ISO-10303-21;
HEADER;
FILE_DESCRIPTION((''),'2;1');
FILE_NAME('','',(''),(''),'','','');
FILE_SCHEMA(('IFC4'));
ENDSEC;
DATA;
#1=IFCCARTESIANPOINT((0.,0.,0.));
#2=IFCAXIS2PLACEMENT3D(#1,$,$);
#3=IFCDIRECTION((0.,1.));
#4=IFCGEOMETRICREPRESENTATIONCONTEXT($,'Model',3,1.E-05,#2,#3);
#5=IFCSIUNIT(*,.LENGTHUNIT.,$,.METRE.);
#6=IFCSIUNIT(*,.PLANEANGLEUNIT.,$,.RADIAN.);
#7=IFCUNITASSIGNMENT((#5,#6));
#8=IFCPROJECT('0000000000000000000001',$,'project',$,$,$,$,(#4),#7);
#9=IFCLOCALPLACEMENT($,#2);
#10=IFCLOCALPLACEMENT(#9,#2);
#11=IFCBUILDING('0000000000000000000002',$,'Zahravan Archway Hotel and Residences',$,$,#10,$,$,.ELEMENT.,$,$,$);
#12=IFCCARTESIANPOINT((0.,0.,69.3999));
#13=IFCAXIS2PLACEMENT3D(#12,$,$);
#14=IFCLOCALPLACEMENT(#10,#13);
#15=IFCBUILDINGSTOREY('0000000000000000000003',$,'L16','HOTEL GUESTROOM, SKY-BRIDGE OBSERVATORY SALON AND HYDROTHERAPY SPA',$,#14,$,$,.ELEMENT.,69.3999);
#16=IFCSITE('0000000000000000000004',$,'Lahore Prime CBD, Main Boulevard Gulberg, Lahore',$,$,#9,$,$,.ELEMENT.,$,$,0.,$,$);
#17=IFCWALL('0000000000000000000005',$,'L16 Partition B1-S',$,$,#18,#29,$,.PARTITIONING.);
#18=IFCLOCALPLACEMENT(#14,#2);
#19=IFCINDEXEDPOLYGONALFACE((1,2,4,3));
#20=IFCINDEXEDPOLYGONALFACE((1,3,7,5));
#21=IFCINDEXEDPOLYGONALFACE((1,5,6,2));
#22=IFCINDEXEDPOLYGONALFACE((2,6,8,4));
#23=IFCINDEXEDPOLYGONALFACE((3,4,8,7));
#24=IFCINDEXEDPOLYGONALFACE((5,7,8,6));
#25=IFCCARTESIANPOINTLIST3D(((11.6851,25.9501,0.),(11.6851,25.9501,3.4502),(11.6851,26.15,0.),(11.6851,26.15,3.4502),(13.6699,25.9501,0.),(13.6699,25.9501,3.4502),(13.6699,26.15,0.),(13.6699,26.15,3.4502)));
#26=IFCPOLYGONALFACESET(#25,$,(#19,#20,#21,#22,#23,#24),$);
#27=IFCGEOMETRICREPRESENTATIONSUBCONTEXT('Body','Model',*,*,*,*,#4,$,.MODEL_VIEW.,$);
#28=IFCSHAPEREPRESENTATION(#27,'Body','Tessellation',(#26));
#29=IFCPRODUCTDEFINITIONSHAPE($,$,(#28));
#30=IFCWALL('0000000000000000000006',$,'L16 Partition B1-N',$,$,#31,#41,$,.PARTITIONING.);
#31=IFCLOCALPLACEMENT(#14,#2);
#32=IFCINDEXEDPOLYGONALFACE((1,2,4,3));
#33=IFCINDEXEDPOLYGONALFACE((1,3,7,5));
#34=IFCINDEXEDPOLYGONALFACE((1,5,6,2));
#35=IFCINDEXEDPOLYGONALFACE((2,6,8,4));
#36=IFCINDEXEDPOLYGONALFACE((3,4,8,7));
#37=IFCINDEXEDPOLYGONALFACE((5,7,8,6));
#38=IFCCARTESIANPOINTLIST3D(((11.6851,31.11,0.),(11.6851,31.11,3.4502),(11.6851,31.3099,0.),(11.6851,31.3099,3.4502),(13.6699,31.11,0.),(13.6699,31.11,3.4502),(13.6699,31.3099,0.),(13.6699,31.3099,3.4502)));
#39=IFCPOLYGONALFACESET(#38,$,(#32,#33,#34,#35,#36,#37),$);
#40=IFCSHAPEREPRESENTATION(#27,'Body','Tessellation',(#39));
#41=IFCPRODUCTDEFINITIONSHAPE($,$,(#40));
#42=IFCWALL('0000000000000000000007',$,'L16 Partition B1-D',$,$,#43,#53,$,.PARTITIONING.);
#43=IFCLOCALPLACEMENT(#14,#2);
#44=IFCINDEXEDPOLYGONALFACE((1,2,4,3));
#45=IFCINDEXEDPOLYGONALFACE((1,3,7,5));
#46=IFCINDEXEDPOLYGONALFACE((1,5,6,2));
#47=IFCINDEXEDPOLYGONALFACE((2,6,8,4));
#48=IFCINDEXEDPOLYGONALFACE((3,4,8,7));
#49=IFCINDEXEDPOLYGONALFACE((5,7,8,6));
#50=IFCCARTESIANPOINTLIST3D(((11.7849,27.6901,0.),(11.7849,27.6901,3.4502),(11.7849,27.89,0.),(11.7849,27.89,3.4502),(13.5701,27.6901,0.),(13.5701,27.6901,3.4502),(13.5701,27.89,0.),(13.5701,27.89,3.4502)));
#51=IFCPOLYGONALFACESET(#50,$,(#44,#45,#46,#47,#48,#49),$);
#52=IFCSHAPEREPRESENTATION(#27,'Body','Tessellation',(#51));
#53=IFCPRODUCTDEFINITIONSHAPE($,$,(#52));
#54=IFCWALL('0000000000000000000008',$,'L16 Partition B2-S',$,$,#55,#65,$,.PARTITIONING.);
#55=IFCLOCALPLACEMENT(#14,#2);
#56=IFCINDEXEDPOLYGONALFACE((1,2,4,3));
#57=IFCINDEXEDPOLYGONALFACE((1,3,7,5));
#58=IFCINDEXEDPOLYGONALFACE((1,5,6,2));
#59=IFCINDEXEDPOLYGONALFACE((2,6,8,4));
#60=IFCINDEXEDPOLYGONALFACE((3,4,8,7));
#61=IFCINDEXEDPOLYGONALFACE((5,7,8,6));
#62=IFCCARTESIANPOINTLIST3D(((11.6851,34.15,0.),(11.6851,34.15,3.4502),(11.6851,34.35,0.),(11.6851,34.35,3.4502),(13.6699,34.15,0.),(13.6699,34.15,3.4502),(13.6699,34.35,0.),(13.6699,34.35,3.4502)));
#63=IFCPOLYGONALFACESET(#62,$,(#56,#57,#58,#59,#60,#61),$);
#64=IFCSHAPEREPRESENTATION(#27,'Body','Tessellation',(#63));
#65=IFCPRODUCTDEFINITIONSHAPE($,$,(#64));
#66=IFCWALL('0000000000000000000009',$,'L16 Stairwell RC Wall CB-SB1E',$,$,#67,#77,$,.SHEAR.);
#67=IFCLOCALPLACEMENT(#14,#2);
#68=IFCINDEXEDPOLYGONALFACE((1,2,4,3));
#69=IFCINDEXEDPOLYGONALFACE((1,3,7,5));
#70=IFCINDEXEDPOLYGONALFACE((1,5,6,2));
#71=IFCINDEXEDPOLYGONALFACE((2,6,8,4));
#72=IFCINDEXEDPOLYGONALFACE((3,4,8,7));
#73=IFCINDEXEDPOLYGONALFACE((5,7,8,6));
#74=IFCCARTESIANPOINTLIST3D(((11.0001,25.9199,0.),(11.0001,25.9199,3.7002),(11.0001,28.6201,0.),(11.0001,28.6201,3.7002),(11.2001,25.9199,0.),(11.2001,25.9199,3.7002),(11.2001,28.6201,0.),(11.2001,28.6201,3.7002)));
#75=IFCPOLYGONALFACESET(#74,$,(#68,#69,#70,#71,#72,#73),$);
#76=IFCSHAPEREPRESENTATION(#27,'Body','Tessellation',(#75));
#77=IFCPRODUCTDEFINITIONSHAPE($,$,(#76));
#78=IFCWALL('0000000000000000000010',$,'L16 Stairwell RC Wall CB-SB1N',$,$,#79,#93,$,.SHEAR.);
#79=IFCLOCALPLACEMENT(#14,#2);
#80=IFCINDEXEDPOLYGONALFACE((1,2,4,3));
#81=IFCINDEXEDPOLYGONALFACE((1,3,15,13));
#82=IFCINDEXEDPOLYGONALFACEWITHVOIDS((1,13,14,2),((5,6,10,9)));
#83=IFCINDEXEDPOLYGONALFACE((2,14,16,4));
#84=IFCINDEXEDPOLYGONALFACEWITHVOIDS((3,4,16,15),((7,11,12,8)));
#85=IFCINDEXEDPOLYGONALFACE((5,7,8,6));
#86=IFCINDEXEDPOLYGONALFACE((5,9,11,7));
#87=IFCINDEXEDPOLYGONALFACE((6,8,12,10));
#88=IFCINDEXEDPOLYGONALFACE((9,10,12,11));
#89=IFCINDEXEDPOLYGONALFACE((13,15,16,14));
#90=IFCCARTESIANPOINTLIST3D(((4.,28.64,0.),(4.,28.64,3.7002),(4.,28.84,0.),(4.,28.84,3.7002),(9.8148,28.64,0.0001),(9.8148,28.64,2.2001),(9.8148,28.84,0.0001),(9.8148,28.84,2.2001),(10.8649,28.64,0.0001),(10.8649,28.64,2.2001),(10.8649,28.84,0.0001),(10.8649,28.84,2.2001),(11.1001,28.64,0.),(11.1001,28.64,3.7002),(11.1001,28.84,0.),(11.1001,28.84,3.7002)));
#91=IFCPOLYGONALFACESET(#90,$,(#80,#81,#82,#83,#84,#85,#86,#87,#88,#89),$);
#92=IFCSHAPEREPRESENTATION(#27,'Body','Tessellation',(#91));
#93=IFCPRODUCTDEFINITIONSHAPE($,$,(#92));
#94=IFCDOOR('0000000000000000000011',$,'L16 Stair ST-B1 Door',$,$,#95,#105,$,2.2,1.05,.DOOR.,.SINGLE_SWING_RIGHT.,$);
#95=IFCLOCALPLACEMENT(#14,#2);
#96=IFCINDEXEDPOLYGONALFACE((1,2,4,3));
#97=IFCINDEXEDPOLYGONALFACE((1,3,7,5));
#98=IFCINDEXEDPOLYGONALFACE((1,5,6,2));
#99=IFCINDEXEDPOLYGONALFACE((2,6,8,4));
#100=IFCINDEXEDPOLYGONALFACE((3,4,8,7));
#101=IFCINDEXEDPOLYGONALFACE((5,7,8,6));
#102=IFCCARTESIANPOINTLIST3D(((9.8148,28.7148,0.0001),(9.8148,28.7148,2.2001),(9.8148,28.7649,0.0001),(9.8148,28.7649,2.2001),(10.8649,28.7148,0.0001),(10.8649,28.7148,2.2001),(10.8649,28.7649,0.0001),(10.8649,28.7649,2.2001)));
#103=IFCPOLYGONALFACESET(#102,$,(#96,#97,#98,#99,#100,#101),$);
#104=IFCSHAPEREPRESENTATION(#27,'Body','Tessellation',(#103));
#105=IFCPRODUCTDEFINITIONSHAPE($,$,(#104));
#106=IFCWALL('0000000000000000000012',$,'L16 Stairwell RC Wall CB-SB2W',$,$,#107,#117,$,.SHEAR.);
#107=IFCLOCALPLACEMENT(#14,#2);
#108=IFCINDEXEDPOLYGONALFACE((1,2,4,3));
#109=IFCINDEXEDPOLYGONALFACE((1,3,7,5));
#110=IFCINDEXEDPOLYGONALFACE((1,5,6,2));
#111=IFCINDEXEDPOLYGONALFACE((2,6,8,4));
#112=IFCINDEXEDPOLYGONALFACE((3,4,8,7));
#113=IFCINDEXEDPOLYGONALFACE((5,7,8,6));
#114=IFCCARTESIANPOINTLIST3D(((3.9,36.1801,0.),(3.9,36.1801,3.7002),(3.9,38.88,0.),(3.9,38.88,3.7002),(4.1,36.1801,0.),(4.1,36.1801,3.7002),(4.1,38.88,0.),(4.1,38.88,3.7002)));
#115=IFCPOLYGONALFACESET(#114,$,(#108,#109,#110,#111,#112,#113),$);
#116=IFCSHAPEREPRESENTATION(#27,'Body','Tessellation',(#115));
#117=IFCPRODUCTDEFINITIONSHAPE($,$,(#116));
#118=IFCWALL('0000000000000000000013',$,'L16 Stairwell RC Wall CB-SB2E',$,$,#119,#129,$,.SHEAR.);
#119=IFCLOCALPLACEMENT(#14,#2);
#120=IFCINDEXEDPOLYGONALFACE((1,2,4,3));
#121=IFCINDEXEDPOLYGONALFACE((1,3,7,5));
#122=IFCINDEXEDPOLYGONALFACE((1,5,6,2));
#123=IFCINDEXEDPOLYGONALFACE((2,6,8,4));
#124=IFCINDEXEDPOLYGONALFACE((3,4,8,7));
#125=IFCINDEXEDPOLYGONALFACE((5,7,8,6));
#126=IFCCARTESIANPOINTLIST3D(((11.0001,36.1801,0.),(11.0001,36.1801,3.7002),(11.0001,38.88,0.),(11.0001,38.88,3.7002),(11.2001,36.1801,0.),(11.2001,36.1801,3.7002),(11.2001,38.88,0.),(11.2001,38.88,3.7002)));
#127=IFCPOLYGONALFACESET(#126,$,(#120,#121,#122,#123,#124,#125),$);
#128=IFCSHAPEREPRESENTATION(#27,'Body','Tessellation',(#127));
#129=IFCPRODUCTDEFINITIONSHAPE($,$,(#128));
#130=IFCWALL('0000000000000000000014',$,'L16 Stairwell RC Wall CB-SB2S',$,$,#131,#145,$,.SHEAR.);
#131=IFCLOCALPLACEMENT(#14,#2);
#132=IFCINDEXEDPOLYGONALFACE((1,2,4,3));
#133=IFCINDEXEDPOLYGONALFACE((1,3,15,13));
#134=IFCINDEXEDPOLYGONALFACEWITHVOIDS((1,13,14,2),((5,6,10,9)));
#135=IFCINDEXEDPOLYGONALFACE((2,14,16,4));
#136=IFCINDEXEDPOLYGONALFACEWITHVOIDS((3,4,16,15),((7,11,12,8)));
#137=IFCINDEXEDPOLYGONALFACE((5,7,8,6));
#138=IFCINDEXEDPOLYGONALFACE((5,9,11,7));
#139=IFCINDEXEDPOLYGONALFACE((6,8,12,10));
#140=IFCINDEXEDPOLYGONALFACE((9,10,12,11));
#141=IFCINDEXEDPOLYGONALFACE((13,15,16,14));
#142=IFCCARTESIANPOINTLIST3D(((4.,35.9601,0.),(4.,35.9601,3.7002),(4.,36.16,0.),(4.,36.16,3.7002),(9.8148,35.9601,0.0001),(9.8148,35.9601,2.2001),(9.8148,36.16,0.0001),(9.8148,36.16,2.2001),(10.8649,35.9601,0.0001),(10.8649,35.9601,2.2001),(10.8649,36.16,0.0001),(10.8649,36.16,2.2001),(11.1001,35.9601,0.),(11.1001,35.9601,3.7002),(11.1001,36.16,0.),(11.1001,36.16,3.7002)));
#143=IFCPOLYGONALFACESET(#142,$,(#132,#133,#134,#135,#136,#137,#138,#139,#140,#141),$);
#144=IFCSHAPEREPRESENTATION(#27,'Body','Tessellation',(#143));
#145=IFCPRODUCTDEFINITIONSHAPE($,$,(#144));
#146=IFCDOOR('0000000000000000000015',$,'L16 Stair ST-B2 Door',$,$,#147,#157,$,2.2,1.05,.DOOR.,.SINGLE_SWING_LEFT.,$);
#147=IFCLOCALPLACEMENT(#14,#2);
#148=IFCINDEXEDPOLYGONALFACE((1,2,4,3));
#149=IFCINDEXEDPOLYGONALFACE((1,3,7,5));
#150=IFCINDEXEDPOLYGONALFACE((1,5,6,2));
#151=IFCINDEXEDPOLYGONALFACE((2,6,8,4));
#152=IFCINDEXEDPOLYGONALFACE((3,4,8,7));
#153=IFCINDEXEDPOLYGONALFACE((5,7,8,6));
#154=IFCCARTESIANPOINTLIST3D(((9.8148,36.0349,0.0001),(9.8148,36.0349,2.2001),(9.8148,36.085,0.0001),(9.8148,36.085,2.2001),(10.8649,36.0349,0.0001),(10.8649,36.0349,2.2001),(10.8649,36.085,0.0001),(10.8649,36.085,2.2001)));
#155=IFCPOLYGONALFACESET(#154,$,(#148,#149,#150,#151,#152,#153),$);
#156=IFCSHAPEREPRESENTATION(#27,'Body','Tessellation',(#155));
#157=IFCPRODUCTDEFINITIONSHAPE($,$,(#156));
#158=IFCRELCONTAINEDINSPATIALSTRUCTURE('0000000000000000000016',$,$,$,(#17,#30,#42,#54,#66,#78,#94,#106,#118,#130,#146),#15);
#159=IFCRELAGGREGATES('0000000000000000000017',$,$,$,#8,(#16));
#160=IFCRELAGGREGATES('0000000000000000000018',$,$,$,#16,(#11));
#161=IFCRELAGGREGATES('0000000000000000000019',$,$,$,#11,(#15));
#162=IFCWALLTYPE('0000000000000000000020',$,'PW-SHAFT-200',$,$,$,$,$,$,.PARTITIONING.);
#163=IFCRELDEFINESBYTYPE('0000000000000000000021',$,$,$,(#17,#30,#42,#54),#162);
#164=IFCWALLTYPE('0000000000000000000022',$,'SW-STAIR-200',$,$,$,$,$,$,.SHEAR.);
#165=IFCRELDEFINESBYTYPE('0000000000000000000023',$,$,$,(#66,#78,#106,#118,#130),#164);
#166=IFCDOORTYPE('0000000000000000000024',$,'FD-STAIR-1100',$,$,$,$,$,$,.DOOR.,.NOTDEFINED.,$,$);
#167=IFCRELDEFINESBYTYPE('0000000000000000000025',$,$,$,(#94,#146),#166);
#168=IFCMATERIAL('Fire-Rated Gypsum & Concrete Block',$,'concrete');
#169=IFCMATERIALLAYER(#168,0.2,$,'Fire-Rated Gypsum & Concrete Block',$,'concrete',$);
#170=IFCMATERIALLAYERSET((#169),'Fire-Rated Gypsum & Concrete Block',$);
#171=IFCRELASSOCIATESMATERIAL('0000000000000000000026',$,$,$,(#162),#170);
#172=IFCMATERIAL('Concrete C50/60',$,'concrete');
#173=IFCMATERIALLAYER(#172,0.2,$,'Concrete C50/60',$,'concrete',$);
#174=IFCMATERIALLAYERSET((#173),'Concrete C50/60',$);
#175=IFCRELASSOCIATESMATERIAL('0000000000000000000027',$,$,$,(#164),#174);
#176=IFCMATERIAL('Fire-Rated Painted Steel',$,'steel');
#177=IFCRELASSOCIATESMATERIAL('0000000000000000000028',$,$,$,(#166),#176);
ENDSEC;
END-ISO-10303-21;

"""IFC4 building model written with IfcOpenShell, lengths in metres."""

from ifc_helpers import new_model, si_unit, direction, frame, frame_2d, origin, place, context, subcontext, project, spatial, rectangle, extrude, source, transform, mapped, material, layer, layer_set, type_object, type_shapes, element, fill, save


model = new_model("IFC4")

# Units and contexts
model_context = context("Model", 3, precision=1e-05, world=origin(), true_north=direction((0.0, 1.0)))
body_context = subcontext(model_context, "Body", "Model", "MODEL_VIEW")
ifc_project = project(units=[si_unit("LENGTHUNIT", "METRE"), si_unit("PLANEANGLEUNIT", "RADIAN")], contexts=[model_context])

# Site, building, storey
site_placement = place(None, origin())
site = spatial("IfcSite", under=ifc_project, at=site_placement, Name="Lahore Prime CBD, Main Boulevard Gulberg, Lahore", CompositionType="ELEMENT", RefElevation=0.0)
building_placement = place(site_placement, origin())
building = spatial("IfcBuilding", under=site, at=building_placement, Name="Zahravan Archway Hotel and Residences", CompositionType="ELEMENT")
storey_placement = place(building_placement, frame((0.0, 0.0, 69.3999)))
storey = spatial("IfcBuildingStorey", under=building, at=storey_placement, Name="L16", Description="HOTEL GUESTROOM, SKY-BRIDGE OBSERVATORY SALON AND HYDROTHERAPY SPA", CompositionType="ELEMENT", Elevation=69.3999)

# Shared definitions
ifc_material_1 = material(Name="Fire-Rated Gypsum & Concrete Block", Category="concrete")
ifc_layer_1 = layer(ifc_material_1, 0.2, Name="Fire-Rated Gypsum & Concrete Block", Category="concrete")
ifc_layer_set_1 = layer_set([ifc_layer_1], Name="Fire-Rated Gypsum & Concrete Block")
wall_type_1 = type_object("IfcWallType", Name="PW-SHAFT-200", PredefinedType="PARTITIONING", material=ifc_layer_set_1)
ifc_material_2 = material(Name="Fire-Rated Painted Steel", Category="steel")

# Walls
for number, where, z_axis, x_axis, name in (
    (1, (11.6851, 26.05, 0.0), (0.0, 0.0, 1.0), (1.0, 0.0, 0.0), "L16 Partition B1-S"),
    (2, (11.6851, 31.21, 0.0), (0.0, 0.0, 1.0), (1.0, 0.0, 0.0), "L16 Partition B1-N"),
):
    element("IfcWall", number, at=place(storey_placement, frame(where, z_axis=z_axis, x_axis=x_axis)), inside=storey, type_object=wall_type_1, Name=name, PredefinedType="PARTITIONING", context=body_context, shape_type="SweptSolid", body=[
        extrude(rectangle(XDim=1.9849, YDim=0.2, at=frame_2d((0.9924, 0.0))), origin(), (0.0, 0.0, 1.0), 3.4502),
    ])
wall_1_placement = place(storey_placement, frame((11.7849, 27.79, 0.0), z_axis=(0.0, 0.0, 1.0), x_axis=(1.0, 0.0, 0.0)))
element("IfcWall", 3, at=wall_1_placement, inside=storey, type_object=wall_type_1, Name="L16 Partition B1-D", PredefinedType="PARTITIONING", context=body_context, shape_type="SweptSolid", body=[
    extrude(rectangle(XDim=1.7852, YDim=0.2, at=frame_2d((0.8926, 0.0))), origin(), (0.0, 0.0, 1.0), 3.4502),
])
wall_2_placement = place(storey_placement, frame((11.6851, 34.25, 0.0), z_axis=(0.0, 0.0, 1.0), x_axis=(1.0, 0.0, 0.0)))
element("IfcWall", 4, at=wall_2_placement, inside=storey, type_object=wall_type_1, Name="L16 Partition B2-S", PredefinedType="PARTITIONING", context=body_context, shape_type="SweptSolid", body=[
    extrude(rectangle(XDim=1.9849, YDim=0.2, at=frame_2d((0.9924, 0.0))), origin(), (0.0, 0.0, 1.0), 3.4502),
])
ifc_material_3 = material(Name="Concrete C50/60", Category="concrete")
ifc_layer_2 = layer(ifc_material_3, 0.2, Name="Concrete C50/60", Category="concrete")
ifc_layer_set_2 = layer_set([ifc_layer_2], Name="Concrete C50/60")
wall_type_2 = type_object("IfcWallType", Name="SW-STAIR-200", PredefinedType="SHEAR", material=ifc_layer_set_2)
wall_3_placement = place(storey_placement, frame((11.1001, 25.9199, 0.0), z_axis=(0.0, 0.0, 1.0), x_axis=(0.0, 1.0, 0.0)))
element("IfcWall", 5, at=wall_3_placement, inside=storey, type_object=wall_type_2, Name="L16 Stairwell RC Wall CB-SB1E", PredefinedType="SHEAR", context=body_context, shape_type="SweptSolid", body=[
    extrude(rectangle(XDim=2.7002, YDim=0.2, at=frame_2d((1.3501, 0.0))), origin(), (0.0, 0.0, 1.0), 3.7002),
])

# Wall, opening, door
wall_4_placement = place(storey_placement, frame((4.0, 28.74, 0.0), z_axis=(0.0, 0.0, 1.0), x_axis=(1.0, 0.0, 0.0)))
wall_4 = element("IfcWall", 6, at=wall_4_placement, inside=storey, type_object=wall_type_2, Name="L16 Stairwell RC Wall CB-SB1N", PredefinedType="SHEAR", context=body_context, shape_type="SweptSolid", body=[
    extrude(rectangle(XDim=7.1001, YDim=0.2, at=frame_2d((3.55, 0.0))), origin(), (0.0, 0.0, 1.0), 3.7002),
])
opening_1_placement = place(wall_4_placement, frame((5.8149, 0.0, 0.0)))
opening_1 = element("IfcOpeningElement", 7, at=opening_1_placement, cuts=wall_4, PredefinedType="OPENING", context=body_context, shape_type="SweptSolid", body=[
    extrude(rectangle(XDim=1.05, YDim=2.2, at=frame_2d((0.5249, 1.1001))), frame((0.0, 0.1099, 0.0), z_axis=(0.0, -1.0, 0.0), x_axis=(1.0, 0.0, 0.0)), (0.0, 0.0, 1.0), 0.22),
])
door_type_1 = type_object("IfcDoorType", Name="FD-STAIR-1100", OperationType="NOTDEFINED", PredefinedType="DOOR", material=ifc_material_2)
shared_shape_1 = source(origin(), body_context, "Body", "SweptSolid", [
    extrude(rectangle(XDim=1.05, YDim=2.2, at=frame_2d((0.5249, 1.1001))), frame((0.0, 0.0249, 0.0), z_axis=(0.0, -1.0, 0.0), x_axis=(1.0, 0.0, 0.0)), (0.0, 0.0, 1.0), 0.05),
])
type_shapes(door_type_1, [shared_shape_1])
door_1_placement = place(opening_1_placement, origin())
door_1 = element("IfcDoor", 8, at=door_1_placement, inside=storey, type_object=door_type_1, Name="L16 Stair ST-B1 Door", OperationType="SINGLE_SWING_RIGHT", OverallHeight=2.2, OverallWidth=1.05, PredefinedType="DOOR", context=body_context, shape_type="MappedRepresentation", body=[
    mapped(shared_shape_1, transform((0.0, 0.0, 0.0), scale=1.0)),
])
fill(opening_1, door_1)

# Walls
for number, where, z_axis, x_axis, name in (
    (9, (4.0, 36.1799, 0.0), (0.0, 0.0, 1.0), (0.0, 1.0, 0.0), "L16 Stairwell RC Wall CB-SB2W"),
    (10, (11.1001, 36.1799, 0.0), (0.0, 0.0, 1.0), (0.0, 1.0, 0.0), "L16 Stairwell RC Wall CB-SB2E"),
):
    element("IfcWall", number, at=place(storey_placement, frame(where, z_axis=z_axis, x_axis=x_axis)), inside=storey, type_object=wall_type_2, Name=name, PredefinedType="SHEAR", context=body_context, shape_type="SweptSolid", body=[
        extrude(rectangle(XDim=2.7, YDim=0.2, at=frame_2d((1.3501, 0.0))), origin(), (0.0, 0.0, 1.0), 3.7002),
    ])

# Wall, opening, door
wall_5_placement = place(storey_placement, frame((4.0, 36.0601, 0.0), z_axis=(0.0, 0.0, 1.0), x_axis=(1.0, 0.0, 0.0)))
wall_5 = element("IfcWall", 11, at=wall_5_placement, inside=storey, type_object=wall_type_2, Name="L16 Stairwell RC Wall CB-SB2S", PredefinedType="SHEAR", context=body_context, shape_type="SweptSolid", body=[
    extrude(rectangle(XDim=7.1001, YDim=0.2, at=frame_2d((3.55, 0.0))), origin(), (0.0, 0.0, 1.0), 3.7002),
])
opening_2_placement = place(wall_5_placement, frame((5.8149, 0.0, 0.0)))
opening_2 = element("IfcOpeningElement", 12, at=opening_2_placement, cuts=wall_5, PredefinedType="OPENING", context=body_context, shape_type="SweptSolid", body=[
    extrude(rectangle(XDim=1.05, YDim=2.2, at=frame_2d((0.5249, 1.1001))), frame((0.0, 0.1099, 0.0), z_axis=(0.0, -1.0, 0.0), x_axis=(1.0, 0.0, 0.0)), (0.0, 0.0, 1.0), 0.22),
])
door_2_placement = place(opening_2_placement, origin())
door_2 = element("IfcDoor", 13, at=door_2_placement, inside=storey, type_object=door_type_1, Name="L16 Stair ST-B2 Door", OperationType="SINGLE_SWING_LEFT", OverallHeight=2.2, OverallWidth=1.05, PredefinedType="DOOR", context=body_context, shape_type="MappedRepresentation", body=[
    mapped(shared_shape_1, transform((0.0, 0.0, 0.0), scale=1.0)),
])
fill(opening_2, door_2)

save(model, "model.ifc")
